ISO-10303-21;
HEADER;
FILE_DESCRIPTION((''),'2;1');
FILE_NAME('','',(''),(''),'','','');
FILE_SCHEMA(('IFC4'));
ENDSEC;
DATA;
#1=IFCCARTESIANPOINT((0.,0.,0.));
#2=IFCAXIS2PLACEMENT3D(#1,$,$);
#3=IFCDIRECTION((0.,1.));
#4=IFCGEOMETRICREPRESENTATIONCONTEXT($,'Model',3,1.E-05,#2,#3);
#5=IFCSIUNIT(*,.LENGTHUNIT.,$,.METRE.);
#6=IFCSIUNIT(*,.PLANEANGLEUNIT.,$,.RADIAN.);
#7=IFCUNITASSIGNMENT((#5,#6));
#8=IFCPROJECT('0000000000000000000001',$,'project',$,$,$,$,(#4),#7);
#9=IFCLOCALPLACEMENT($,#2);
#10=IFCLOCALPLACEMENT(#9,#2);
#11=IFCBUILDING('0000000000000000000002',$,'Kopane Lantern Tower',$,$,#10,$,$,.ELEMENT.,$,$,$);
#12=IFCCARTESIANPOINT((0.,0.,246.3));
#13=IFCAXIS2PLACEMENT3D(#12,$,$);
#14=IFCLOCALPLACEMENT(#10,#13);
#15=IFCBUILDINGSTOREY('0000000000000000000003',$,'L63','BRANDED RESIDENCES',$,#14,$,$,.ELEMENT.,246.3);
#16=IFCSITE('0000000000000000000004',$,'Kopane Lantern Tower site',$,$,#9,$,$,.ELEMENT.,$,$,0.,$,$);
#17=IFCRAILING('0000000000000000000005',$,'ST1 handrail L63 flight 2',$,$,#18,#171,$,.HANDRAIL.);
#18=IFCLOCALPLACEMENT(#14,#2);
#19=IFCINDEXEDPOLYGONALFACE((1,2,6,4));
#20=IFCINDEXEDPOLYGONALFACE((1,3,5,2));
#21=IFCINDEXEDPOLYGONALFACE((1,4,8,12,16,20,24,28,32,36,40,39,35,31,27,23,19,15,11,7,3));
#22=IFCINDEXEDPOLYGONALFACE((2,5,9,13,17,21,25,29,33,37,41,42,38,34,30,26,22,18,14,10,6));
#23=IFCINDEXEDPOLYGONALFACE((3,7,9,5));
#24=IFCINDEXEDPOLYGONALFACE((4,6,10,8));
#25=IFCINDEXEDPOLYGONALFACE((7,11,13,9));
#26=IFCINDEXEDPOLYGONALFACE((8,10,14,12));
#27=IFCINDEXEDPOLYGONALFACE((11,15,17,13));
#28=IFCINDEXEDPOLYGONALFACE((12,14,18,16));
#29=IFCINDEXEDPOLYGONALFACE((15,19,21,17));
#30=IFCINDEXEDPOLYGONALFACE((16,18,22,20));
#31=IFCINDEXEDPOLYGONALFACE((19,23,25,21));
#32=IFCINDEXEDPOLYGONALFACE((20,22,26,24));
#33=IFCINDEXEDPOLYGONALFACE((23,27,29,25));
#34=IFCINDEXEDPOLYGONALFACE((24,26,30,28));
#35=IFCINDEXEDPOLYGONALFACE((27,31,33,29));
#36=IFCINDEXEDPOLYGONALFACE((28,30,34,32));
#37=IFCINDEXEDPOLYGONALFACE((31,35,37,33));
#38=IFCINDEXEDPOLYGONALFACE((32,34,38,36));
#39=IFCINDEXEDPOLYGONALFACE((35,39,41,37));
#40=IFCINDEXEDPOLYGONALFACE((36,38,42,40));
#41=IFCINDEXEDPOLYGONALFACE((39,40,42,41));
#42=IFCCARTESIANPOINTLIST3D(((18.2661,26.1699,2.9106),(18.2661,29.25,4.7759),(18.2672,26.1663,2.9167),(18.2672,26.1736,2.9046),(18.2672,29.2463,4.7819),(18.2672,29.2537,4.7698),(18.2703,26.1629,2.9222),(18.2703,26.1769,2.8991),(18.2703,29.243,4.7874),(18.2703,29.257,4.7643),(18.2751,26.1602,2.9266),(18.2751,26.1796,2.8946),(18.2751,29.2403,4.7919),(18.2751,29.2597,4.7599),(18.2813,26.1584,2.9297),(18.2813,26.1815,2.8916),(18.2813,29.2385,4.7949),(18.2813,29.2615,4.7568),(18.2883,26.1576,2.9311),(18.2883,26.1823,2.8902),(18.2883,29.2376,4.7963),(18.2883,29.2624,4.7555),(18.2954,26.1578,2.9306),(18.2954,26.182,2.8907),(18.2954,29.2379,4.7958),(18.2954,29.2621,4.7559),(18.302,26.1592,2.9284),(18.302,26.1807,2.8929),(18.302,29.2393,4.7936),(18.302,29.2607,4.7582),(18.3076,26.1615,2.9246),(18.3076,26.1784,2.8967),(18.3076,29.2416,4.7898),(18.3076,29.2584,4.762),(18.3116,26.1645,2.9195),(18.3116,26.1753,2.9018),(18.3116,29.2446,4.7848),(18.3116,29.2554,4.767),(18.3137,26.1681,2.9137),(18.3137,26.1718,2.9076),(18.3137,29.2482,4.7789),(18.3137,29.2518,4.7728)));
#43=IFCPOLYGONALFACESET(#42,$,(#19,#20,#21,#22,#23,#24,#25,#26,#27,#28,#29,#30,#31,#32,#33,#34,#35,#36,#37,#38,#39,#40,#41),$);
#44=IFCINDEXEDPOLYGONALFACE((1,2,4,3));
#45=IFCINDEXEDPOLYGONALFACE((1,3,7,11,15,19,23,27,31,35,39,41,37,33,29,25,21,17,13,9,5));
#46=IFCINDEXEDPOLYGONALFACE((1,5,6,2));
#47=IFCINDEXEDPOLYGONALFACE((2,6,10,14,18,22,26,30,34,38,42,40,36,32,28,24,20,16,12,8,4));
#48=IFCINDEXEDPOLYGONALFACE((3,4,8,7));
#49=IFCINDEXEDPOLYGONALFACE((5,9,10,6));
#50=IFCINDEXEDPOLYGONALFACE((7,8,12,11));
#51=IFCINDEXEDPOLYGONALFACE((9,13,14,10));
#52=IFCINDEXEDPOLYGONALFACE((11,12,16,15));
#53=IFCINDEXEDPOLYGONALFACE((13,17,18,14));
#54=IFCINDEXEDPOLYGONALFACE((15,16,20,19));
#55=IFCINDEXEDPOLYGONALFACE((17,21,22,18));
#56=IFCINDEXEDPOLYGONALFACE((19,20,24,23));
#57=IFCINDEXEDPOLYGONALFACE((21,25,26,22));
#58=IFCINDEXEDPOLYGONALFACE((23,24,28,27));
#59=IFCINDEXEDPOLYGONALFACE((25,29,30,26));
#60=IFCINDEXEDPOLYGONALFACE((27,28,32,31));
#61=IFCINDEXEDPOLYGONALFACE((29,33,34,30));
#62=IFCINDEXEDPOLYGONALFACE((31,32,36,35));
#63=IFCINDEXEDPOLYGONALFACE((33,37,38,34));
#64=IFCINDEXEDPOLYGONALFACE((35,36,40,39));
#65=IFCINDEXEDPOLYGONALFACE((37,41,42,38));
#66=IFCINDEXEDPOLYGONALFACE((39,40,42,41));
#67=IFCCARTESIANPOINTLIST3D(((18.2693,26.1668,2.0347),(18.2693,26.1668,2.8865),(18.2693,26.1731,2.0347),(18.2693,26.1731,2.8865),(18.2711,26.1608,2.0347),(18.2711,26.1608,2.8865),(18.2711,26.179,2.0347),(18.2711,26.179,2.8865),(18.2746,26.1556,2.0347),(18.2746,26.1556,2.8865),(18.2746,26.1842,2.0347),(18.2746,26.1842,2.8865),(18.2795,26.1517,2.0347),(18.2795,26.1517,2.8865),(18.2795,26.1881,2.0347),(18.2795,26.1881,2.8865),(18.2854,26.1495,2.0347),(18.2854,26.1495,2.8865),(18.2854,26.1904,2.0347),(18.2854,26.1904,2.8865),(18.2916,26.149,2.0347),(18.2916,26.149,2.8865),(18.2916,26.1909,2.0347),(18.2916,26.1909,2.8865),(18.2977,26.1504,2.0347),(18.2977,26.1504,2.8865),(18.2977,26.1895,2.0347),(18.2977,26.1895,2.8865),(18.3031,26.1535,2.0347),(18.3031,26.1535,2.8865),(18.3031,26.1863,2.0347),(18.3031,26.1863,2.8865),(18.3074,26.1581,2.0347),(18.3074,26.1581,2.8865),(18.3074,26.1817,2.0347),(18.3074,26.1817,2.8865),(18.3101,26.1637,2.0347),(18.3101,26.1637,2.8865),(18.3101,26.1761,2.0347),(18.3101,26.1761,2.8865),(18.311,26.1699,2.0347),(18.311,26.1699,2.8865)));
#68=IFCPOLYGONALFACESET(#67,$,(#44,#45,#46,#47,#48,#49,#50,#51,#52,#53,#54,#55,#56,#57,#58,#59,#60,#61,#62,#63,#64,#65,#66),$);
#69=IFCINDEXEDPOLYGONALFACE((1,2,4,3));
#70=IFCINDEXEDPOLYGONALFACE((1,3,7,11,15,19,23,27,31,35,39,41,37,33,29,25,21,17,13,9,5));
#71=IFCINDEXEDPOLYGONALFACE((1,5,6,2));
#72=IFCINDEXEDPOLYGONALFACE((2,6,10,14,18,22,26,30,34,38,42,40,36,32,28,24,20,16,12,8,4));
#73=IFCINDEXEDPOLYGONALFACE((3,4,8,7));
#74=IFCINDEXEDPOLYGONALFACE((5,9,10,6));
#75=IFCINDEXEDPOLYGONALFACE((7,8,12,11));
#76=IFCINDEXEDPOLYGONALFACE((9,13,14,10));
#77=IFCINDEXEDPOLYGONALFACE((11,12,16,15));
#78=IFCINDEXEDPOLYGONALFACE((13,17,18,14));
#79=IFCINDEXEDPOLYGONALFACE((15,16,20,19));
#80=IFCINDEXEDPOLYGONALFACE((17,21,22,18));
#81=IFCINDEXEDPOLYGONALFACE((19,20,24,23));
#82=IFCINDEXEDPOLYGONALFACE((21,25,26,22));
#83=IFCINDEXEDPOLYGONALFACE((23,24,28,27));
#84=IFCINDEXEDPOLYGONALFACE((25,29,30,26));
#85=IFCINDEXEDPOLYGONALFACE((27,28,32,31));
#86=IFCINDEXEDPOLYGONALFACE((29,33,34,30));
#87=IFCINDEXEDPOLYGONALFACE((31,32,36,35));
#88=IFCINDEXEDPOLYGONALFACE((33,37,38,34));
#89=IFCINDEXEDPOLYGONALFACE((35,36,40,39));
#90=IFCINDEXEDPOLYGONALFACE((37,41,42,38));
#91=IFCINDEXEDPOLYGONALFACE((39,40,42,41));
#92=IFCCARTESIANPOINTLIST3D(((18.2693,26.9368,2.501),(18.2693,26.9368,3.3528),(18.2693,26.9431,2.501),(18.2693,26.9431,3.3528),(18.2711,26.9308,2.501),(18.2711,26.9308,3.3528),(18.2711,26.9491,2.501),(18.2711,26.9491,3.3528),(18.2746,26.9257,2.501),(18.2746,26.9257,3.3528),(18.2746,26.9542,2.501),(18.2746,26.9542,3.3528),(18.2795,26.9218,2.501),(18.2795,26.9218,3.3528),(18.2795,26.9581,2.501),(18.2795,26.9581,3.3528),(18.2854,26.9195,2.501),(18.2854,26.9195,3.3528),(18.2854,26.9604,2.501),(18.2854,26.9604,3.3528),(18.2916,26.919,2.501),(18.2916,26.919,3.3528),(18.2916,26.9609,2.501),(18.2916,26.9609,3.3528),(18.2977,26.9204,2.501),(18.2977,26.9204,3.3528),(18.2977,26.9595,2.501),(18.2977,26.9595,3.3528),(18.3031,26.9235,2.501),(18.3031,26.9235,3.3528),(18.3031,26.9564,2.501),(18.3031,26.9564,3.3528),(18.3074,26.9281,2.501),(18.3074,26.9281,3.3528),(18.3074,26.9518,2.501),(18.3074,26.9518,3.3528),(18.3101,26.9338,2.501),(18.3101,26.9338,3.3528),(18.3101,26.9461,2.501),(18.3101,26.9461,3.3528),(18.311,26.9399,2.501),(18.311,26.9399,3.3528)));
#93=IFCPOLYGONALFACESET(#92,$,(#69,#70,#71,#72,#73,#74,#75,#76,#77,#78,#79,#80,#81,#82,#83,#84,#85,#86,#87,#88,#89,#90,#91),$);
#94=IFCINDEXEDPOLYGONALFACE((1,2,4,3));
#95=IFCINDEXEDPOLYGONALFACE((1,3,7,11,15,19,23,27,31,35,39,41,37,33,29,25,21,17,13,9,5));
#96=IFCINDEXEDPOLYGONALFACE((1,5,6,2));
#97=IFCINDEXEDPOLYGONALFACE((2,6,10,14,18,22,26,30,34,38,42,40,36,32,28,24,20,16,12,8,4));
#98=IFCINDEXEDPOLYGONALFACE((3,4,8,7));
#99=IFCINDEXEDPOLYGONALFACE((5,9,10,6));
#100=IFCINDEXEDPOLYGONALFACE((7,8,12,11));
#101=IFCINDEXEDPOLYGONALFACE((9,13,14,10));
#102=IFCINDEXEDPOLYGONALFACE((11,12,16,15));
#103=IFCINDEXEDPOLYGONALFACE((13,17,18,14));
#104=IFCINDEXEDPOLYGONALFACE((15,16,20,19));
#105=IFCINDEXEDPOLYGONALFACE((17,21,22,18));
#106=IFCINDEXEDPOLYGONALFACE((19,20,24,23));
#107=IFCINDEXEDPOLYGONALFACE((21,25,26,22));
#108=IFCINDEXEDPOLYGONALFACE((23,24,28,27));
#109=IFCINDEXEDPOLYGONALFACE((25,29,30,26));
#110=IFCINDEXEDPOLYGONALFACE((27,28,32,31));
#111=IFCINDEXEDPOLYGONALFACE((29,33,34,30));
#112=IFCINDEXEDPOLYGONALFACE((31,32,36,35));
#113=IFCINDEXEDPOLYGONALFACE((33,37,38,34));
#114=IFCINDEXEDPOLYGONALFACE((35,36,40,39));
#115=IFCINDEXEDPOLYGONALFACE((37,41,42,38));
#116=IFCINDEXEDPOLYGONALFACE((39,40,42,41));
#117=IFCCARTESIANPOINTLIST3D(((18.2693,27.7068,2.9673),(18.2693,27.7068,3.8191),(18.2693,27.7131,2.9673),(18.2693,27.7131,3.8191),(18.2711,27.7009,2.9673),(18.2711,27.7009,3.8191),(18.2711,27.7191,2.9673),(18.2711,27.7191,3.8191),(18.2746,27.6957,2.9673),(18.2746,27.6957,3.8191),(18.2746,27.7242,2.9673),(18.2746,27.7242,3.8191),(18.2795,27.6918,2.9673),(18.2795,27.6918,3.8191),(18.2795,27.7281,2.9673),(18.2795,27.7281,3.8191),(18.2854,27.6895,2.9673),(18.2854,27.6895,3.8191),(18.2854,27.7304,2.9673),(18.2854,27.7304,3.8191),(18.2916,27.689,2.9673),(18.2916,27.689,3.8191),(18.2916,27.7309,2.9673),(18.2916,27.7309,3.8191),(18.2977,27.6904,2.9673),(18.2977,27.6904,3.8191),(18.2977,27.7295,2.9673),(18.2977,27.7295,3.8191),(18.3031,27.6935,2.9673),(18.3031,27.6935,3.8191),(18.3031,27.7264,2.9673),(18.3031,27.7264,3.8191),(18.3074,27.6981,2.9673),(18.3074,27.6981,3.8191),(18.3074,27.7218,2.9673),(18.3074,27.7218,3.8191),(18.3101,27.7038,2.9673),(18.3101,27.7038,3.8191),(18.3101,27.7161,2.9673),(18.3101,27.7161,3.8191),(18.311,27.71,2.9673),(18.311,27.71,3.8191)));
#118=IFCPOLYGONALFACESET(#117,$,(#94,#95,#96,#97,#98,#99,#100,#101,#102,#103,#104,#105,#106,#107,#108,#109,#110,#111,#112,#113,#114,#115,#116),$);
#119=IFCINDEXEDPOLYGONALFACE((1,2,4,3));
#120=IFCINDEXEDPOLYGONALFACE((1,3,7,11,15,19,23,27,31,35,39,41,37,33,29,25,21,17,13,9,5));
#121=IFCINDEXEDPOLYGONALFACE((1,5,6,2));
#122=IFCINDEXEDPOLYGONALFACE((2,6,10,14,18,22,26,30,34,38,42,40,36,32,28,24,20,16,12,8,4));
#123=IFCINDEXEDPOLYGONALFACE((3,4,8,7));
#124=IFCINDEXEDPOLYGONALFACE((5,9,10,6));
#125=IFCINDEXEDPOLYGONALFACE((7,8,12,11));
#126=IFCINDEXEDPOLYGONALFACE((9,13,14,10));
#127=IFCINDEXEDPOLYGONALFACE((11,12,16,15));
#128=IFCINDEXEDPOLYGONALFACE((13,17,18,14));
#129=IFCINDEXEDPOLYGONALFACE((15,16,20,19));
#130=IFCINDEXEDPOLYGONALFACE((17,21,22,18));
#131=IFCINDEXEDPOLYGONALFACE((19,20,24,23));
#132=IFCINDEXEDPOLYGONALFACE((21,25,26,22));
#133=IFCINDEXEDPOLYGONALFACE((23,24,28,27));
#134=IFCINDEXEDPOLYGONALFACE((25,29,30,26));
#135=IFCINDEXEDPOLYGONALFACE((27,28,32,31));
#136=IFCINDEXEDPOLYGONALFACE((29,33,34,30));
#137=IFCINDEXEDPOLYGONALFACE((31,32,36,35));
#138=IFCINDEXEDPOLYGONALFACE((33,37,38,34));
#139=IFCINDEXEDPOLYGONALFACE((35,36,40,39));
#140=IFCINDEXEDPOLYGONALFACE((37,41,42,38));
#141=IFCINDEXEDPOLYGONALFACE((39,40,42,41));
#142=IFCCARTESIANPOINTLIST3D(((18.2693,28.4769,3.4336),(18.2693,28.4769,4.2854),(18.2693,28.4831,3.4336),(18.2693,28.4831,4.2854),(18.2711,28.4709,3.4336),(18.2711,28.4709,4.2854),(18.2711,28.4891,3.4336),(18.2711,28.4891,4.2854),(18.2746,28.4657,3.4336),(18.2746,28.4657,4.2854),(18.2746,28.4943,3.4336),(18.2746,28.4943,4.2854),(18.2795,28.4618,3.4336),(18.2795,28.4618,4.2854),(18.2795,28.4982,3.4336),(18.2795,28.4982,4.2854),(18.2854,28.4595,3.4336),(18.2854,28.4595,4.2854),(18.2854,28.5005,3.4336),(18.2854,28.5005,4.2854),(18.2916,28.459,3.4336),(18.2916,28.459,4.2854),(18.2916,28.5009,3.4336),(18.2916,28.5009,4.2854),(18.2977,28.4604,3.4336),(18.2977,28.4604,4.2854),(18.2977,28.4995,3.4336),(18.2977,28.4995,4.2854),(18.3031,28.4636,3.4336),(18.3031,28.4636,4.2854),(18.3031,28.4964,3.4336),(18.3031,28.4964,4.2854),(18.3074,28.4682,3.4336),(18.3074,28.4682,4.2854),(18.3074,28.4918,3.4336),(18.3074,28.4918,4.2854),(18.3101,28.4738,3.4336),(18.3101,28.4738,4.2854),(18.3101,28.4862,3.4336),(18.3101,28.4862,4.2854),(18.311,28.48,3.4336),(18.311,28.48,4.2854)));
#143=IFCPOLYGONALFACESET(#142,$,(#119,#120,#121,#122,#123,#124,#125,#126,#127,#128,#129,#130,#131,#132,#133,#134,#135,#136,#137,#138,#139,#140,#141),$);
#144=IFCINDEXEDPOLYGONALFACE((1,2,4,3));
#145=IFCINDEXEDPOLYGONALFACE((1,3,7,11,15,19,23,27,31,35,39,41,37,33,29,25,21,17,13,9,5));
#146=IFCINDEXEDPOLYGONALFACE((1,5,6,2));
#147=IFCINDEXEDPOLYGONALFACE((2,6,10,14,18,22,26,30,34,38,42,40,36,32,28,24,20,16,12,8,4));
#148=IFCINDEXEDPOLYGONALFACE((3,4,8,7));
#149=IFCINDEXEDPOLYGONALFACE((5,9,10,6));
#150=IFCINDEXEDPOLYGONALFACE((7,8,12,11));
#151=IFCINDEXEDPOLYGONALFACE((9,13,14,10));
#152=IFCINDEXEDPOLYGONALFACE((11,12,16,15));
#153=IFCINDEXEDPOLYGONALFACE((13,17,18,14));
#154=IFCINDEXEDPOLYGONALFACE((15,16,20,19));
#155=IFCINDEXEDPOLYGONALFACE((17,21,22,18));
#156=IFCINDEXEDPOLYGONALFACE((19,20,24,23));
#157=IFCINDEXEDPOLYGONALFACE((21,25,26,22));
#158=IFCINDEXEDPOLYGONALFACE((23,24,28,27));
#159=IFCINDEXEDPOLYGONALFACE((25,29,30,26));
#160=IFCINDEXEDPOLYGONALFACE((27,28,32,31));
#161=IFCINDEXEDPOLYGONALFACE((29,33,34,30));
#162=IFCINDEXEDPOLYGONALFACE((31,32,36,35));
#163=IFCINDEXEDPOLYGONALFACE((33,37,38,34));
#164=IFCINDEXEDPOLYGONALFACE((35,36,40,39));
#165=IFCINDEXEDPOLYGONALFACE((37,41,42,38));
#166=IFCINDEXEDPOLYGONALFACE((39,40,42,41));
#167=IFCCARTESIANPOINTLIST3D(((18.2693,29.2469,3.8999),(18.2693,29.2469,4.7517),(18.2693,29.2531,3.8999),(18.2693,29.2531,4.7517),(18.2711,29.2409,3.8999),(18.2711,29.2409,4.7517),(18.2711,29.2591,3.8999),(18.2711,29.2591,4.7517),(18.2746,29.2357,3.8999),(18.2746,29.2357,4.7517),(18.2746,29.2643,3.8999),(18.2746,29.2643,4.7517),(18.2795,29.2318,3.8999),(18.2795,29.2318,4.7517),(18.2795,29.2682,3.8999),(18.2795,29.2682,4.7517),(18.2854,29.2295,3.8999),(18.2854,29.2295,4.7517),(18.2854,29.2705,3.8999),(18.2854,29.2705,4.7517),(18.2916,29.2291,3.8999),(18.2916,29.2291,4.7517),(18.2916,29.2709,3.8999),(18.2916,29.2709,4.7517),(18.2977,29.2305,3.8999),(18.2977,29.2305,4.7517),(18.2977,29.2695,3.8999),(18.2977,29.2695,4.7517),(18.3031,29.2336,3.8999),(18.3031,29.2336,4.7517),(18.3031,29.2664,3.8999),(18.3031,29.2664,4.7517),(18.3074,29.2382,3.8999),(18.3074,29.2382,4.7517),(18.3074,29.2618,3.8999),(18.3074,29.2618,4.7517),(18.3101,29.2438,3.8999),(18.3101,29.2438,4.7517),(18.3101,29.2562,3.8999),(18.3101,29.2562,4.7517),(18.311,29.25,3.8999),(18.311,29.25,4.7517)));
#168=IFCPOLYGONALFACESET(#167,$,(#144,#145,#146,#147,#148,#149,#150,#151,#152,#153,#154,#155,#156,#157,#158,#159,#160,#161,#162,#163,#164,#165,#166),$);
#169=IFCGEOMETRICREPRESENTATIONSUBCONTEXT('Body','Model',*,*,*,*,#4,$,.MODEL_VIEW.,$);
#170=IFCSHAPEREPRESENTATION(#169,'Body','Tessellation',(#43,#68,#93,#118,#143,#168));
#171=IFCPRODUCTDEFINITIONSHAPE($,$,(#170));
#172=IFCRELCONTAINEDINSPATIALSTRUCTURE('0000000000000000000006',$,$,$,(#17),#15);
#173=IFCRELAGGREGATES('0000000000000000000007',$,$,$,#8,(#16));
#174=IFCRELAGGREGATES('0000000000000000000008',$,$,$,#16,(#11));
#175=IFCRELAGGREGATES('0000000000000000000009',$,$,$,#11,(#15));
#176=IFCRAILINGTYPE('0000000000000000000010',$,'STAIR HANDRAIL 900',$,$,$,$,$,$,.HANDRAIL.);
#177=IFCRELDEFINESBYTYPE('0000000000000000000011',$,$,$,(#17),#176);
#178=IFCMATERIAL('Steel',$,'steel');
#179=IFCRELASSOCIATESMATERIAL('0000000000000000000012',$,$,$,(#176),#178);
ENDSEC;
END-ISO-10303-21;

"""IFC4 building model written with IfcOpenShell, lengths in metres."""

from ifc_helpers import new_model, si_unit, direction, frame, origin, origin_2d, place, context, subcontext, project, spatial, circle, extrude, material, type_object, element, save


model = new_model("IFC4")

# Units and contexts
model_context = context("Model", 3, precision=1e-05, world=origin(), true_north=direction((0.0, 1.0)))
body_context = subcontext(model_context, "Body", "Model", "MODEL_VIEW")
ifc_project = project(units=[si_unit("LENGTHUNIT", "METRE"), si_unit("PLANEANGLEUNIT", "RADIAN")], contexts=[model_context])

# Site, building, storey
site_placement = place(None, origin())
site = spatial("IfcSite", under=ifc_project, at=site_placement, Name="Kopane Lantern Tower site", CompositionType="ELEMENT", RefElevation=0.0)
building_placement = place(site_placement, origin())
building = spatial("IfcBuilding", under=site, at=building_placement, Name="Kopane Lantern Tower", CompositionType="ELEMENT")
storey_placement = place(building_placement, frame((0.0, 0.0, 246.3)))
storey = spatial("IfcBuildingStorey", under=building, at=storey_placement, Name="L63", Description="BRANDED RESIDENCES", CompositionType="ELEMENT", Elevation=246.3)

# Railing
ifc_material_1 = material(Name="Steel", Category="steel")
railing_type_1 = type_object("IfcRailingType", Name="STAIR HANDRAIL 900", PredefinedType="HANDRAIL", material=ifc_material_1)
for number, where, name in (
    (1, (18.29, 26.1699, 2.0347), "ST1 handrail L63 flight 2"),
):
    element("IfcRailing", number, at=place(storey_placement, frame(where)), inside=storey, type_object=railing_type_1, Name=name, PredefinedType="HANDRAIL", context=body_context, shape_type="SweptSolid", body=[
        extrude(circle(Radius=0.0239, at=origin_2d()), frame((0.0, 0.0, 0.876), z_axis=(0.0, 0.85538, 0.518001), x_axis=(-1.0, 0.0, 0.0)), (0.0, 0.0, 1.0), 3.6008),
        extrude(circle(Radius=0.021, at=origin_2d()), origin(), (0.0, 0.0, 1.0), 0.8518),
        extrude(circle(Radius=0.021, at=origin_2d()), frame((0.0, 0.77, 0.4663)), (0.0, 0.0, 1.0), 0.8518),
        extrude(circle(Radius=0.021, at=origin_2d()), frame((0.0, 1.54, 0.9326)), (0.0, 0.0, 1.0), 0.8518),
        extrude(circle(Radius=0.021, at=origin_2d()), frame((0.0, 2.3101, 1.3989)), (0.0, 0.0, 1.0), 0.8518),
        extrude(circle(Radius=0.021, at=origin_2d()), frame((0.0, 3.0801, 1.8652)), (0.0, 0.0, 1.0), 0.8518),
    ])

save(model, "model.ifc")
